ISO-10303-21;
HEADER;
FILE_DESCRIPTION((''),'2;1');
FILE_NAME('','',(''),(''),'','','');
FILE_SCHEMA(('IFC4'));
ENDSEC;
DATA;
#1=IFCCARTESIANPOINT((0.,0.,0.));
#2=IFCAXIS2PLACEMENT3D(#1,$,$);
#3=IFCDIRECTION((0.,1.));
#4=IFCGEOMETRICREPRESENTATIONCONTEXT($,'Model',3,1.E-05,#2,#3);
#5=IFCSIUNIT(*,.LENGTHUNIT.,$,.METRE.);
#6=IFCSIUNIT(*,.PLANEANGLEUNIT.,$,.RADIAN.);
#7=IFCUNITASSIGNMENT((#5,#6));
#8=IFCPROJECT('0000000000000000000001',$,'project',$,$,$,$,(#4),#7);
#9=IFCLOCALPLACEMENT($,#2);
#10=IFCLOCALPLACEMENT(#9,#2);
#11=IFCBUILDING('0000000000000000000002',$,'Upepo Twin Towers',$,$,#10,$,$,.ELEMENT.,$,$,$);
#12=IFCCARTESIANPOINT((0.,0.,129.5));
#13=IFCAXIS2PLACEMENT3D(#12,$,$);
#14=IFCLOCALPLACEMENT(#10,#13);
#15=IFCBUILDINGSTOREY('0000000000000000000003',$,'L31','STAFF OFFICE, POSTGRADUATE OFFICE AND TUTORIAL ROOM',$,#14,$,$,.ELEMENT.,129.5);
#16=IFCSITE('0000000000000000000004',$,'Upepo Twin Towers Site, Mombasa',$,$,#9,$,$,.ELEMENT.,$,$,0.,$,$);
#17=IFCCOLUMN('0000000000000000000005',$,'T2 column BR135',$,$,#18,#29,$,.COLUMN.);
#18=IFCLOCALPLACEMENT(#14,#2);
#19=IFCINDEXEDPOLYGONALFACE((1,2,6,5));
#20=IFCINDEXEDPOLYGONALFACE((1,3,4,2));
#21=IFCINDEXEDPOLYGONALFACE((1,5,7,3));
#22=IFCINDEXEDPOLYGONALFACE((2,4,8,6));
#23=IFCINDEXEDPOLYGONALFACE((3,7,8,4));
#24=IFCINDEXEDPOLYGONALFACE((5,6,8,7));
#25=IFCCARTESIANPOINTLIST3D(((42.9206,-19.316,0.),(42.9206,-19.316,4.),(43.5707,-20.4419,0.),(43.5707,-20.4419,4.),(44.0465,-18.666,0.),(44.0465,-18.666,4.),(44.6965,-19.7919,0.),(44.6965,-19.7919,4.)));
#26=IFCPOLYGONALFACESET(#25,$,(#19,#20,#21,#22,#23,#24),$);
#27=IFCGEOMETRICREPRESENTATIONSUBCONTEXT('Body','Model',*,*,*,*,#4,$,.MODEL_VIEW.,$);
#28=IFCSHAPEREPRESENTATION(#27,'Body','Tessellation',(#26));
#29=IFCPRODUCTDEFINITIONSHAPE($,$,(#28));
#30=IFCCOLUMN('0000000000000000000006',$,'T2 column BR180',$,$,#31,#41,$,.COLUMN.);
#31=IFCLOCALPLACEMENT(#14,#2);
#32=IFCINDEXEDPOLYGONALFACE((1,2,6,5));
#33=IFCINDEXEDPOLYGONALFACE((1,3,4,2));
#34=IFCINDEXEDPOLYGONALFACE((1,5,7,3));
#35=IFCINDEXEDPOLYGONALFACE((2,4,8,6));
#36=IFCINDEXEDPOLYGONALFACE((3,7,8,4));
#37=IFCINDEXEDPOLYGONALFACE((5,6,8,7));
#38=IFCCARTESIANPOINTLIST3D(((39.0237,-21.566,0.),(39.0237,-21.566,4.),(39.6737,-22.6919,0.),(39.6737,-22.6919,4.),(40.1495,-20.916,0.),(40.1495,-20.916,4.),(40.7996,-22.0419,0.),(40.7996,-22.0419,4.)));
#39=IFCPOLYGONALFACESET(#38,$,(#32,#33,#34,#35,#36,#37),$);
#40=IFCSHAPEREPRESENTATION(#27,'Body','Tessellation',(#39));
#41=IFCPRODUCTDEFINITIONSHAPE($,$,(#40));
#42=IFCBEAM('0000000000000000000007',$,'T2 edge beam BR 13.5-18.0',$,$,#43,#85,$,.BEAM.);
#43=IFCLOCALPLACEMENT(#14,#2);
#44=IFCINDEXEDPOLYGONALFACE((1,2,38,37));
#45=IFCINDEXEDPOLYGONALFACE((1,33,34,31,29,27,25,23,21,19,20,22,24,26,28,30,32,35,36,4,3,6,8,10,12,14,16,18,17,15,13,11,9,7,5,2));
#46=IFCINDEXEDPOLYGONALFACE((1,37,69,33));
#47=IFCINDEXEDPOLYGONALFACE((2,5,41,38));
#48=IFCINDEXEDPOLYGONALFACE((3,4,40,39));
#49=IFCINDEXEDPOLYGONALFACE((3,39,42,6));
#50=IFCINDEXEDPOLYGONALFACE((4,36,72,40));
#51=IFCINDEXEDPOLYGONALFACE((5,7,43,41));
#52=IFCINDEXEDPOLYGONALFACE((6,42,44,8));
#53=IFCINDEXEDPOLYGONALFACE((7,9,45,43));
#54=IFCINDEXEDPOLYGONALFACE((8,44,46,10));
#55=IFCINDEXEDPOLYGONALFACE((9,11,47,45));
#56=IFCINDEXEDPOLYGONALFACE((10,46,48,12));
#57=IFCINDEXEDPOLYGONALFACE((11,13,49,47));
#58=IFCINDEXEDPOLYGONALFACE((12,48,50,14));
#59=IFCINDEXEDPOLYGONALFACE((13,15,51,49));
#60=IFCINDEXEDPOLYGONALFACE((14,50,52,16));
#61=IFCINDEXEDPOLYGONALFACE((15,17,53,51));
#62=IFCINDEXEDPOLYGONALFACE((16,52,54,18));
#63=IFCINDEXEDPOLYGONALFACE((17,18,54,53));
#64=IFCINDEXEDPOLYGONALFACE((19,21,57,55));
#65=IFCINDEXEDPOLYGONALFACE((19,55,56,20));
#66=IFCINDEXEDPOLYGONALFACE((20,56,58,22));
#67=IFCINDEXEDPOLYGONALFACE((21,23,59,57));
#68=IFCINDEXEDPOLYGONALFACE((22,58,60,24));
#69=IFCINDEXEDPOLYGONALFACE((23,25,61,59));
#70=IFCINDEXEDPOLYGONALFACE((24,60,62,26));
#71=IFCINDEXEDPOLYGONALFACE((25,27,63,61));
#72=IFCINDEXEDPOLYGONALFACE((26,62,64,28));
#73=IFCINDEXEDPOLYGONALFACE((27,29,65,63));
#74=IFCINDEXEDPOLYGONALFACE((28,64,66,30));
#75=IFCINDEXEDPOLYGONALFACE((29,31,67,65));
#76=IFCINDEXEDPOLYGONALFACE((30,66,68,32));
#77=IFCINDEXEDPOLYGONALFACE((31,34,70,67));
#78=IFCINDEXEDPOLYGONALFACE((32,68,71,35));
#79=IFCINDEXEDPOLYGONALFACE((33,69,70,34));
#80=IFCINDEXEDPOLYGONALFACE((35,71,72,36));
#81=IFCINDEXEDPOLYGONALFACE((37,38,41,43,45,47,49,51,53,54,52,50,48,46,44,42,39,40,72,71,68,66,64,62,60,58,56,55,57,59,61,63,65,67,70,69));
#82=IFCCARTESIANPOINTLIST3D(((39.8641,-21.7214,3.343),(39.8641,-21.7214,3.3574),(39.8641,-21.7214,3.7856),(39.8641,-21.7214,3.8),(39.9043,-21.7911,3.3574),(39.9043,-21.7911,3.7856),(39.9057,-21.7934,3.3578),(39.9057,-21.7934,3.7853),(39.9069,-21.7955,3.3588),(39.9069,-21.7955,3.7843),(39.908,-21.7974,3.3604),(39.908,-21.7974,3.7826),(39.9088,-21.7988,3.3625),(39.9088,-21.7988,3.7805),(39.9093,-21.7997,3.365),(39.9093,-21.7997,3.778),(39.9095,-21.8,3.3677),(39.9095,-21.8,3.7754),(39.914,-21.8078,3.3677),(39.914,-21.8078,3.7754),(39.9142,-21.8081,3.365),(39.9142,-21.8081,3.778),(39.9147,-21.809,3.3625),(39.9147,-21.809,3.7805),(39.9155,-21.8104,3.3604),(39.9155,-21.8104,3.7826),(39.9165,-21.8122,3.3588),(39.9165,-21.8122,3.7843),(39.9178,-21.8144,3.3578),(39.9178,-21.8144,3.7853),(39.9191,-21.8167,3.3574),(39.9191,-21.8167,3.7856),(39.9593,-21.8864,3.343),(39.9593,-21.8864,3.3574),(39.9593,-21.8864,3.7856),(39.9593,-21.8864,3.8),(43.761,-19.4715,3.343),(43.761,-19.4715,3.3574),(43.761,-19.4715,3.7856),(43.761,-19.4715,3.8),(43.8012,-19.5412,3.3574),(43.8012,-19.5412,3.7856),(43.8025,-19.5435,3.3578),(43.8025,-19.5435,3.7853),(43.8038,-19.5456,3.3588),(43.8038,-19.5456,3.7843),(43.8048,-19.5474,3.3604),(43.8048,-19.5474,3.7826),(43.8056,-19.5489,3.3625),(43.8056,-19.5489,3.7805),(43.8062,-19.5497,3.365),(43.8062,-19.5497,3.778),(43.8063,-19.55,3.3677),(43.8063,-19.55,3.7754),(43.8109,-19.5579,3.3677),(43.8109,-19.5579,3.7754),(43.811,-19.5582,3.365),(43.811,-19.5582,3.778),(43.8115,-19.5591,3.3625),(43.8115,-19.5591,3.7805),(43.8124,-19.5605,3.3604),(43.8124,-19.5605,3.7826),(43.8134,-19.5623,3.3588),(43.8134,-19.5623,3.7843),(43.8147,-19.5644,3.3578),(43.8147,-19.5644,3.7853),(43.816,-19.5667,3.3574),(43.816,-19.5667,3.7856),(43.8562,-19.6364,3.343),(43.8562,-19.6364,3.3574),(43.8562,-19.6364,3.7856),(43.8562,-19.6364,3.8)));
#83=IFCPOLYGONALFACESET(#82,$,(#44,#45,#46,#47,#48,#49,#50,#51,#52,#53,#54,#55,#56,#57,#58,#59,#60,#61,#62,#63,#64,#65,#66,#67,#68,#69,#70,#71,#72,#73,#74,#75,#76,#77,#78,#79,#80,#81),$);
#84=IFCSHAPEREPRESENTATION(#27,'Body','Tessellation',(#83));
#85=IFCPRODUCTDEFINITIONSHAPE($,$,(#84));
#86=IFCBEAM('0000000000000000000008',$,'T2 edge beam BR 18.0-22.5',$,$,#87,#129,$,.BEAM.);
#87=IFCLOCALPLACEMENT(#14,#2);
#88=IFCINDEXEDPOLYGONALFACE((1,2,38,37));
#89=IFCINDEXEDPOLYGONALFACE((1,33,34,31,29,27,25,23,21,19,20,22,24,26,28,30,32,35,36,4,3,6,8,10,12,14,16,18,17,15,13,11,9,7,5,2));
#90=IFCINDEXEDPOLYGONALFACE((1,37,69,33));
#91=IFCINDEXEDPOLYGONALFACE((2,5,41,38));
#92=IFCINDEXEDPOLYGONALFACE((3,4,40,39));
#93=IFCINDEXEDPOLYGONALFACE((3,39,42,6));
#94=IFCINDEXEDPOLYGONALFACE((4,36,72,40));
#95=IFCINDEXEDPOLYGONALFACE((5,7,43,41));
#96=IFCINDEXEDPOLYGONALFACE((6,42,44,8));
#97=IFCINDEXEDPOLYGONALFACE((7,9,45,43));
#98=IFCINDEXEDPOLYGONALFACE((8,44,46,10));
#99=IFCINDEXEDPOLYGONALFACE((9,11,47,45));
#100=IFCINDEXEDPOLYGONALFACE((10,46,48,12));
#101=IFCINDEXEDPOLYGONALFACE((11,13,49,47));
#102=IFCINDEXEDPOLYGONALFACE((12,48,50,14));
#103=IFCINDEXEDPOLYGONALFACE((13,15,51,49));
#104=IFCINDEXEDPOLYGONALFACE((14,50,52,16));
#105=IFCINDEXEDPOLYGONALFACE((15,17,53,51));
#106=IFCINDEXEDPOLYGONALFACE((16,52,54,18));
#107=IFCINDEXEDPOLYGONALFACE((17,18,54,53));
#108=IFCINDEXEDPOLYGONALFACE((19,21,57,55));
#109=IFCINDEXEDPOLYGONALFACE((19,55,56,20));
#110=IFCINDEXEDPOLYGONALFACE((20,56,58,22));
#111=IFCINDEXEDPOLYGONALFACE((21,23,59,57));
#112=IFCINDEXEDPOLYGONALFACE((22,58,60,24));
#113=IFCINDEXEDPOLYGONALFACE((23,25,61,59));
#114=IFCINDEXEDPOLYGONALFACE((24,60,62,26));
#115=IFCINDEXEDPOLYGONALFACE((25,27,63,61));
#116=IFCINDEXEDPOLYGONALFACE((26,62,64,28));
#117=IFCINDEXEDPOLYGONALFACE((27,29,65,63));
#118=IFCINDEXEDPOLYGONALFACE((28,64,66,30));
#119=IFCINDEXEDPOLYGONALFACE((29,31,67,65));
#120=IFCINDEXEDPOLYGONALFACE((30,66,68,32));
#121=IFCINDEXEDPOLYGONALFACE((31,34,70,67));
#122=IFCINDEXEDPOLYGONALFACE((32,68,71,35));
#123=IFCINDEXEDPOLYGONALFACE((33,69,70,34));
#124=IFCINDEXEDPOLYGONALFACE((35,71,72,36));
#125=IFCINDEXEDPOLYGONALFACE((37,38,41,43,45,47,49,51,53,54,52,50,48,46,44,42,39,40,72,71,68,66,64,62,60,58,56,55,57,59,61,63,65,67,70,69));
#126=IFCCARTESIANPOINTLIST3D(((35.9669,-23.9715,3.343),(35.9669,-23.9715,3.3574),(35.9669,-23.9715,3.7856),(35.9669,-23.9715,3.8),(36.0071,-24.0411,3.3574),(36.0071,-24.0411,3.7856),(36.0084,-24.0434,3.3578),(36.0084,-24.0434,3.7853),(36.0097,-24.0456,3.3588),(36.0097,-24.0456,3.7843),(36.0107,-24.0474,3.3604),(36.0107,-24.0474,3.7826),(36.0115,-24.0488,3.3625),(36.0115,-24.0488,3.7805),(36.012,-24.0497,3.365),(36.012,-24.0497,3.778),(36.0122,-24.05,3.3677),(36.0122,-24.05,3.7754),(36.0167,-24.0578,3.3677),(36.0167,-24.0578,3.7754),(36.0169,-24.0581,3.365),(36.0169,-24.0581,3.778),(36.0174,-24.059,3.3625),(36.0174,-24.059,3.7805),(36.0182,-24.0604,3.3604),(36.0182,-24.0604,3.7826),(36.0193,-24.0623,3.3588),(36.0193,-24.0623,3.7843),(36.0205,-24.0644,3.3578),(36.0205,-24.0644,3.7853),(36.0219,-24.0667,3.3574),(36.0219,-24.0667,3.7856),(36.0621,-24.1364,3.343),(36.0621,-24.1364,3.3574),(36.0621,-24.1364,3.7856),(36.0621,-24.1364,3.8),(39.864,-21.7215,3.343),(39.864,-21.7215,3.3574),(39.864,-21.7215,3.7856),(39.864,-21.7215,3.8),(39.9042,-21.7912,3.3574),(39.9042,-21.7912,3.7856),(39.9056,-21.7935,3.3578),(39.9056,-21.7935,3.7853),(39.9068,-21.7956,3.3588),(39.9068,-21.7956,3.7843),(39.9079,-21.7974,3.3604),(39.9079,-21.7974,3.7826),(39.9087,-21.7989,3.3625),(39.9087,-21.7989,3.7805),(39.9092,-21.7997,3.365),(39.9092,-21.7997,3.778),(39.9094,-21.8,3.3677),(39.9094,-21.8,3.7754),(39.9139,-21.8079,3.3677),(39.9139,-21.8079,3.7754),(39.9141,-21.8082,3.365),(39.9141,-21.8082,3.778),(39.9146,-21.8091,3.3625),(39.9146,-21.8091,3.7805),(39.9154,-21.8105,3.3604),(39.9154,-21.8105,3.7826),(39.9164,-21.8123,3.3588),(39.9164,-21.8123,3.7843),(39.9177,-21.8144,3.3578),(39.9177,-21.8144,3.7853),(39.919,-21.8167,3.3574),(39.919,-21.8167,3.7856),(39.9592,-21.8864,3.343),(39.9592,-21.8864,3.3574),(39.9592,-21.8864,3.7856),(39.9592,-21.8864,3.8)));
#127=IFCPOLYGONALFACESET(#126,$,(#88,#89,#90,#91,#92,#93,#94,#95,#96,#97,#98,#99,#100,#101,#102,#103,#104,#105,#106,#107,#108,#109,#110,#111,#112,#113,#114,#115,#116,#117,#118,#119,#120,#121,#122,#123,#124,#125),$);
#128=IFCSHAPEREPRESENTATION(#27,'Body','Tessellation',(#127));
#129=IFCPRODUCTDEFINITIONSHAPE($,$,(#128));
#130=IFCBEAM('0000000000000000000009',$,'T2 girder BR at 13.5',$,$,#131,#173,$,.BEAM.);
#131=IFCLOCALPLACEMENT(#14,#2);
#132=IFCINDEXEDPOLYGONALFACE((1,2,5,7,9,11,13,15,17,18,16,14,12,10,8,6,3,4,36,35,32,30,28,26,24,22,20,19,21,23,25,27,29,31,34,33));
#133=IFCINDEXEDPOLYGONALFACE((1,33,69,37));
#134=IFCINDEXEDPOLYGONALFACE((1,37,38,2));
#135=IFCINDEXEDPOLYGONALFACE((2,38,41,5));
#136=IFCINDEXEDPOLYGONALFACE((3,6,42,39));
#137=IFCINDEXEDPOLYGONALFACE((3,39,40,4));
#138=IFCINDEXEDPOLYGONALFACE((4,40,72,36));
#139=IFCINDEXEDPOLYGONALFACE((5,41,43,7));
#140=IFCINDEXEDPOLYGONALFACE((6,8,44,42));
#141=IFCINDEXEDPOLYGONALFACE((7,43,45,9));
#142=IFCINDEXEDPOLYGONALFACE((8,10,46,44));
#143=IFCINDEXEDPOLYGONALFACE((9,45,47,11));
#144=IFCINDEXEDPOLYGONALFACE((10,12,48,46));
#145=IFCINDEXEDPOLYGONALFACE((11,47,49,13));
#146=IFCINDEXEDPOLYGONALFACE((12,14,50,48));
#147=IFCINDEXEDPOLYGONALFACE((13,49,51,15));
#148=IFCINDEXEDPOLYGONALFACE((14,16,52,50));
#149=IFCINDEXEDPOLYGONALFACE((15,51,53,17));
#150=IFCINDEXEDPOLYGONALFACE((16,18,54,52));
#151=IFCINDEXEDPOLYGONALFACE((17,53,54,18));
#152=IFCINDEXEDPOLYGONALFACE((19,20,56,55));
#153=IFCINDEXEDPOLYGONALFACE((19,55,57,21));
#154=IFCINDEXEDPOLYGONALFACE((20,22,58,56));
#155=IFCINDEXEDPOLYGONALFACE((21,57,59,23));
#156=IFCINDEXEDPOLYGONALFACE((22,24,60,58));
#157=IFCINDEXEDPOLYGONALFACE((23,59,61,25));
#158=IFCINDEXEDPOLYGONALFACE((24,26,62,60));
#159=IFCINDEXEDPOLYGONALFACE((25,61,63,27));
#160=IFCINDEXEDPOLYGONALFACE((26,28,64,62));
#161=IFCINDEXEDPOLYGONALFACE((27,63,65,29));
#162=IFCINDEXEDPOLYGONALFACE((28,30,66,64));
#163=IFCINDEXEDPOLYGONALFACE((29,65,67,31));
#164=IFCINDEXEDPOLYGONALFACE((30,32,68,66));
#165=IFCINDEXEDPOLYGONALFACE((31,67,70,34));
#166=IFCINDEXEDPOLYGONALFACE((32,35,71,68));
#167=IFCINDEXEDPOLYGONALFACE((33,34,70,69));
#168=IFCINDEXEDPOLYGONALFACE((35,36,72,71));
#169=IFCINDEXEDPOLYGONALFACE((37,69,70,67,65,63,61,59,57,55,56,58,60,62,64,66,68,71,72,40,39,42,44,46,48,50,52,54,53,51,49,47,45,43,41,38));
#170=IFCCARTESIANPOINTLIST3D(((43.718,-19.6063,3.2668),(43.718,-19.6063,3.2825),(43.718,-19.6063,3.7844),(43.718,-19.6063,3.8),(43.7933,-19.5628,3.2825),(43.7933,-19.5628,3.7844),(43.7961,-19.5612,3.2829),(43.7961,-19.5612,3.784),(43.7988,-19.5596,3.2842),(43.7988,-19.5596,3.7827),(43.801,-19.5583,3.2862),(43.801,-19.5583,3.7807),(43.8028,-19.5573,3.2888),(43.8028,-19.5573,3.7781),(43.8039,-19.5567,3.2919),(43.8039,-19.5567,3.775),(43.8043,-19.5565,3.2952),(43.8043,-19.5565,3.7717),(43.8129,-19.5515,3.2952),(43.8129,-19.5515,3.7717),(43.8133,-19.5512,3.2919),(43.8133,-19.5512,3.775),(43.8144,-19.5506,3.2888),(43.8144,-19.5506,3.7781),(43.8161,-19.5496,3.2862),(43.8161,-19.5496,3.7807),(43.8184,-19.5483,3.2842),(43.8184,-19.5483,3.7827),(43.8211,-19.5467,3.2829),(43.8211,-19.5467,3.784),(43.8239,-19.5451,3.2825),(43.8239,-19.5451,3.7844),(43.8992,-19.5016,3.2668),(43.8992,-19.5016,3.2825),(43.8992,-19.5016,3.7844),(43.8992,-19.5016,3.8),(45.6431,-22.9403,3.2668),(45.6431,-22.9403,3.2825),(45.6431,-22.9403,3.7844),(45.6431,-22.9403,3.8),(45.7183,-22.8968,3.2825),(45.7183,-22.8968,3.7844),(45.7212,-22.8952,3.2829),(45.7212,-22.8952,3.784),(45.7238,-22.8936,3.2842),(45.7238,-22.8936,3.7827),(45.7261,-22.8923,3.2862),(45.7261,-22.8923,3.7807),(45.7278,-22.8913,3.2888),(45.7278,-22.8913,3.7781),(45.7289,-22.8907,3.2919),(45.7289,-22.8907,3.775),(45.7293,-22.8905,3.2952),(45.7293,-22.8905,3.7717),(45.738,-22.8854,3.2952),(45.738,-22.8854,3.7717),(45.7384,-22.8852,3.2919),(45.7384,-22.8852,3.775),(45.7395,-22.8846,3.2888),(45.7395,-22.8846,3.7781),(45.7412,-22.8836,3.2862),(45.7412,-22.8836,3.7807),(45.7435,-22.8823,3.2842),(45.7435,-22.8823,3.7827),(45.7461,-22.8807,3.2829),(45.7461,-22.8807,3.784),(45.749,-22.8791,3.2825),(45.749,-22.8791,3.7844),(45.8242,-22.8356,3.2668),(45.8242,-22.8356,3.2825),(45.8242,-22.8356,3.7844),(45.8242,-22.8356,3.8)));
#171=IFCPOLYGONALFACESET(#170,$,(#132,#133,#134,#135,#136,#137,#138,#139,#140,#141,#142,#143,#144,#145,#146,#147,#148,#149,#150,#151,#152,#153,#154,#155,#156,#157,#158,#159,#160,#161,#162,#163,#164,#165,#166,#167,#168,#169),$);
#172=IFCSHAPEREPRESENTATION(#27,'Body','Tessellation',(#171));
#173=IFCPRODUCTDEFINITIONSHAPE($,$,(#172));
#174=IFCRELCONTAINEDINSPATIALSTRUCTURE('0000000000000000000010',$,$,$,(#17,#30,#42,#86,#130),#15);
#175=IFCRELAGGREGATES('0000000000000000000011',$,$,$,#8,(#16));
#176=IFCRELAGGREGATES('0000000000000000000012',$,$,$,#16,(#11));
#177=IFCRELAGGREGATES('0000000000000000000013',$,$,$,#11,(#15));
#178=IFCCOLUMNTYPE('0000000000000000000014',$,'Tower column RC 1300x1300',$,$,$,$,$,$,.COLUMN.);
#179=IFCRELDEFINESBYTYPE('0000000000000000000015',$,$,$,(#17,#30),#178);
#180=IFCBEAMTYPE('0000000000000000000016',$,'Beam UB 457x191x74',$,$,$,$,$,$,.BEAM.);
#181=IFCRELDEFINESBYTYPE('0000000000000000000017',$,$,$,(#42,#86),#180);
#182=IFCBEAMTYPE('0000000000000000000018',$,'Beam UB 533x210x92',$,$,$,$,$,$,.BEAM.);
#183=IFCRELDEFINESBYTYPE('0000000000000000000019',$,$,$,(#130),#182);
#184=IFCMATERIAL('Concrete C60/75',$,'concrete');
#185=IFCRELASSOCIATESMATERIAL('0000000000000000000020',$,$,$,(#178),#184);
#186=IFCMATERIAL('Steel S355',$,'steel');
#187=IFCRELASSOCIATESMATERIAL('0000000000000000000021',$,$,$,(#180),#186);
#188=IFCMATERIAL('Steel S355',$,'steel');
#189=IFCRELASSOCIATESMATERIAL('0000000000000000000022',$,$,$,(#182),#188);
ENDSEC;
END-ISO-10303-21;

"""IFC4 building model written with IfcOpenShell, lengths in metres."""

from ifc_helpers import new_model, si_unit, direction, frame, origin, origin_2d, place, context, subcontext, project, spatial, rectangle, i_section, extrude, material, material_profile, profile_set, type_object, element, save


model = new_model("IFC4")

# Units and contexts
model_context = context("Model", 3, precision=1e-05, world=origin(), true_north=direction((0.0, 1.0)))
body_context = subcontext(model_context, "Body", "Model", "MODEL_VIEW")
ifc_project = project(units=[si_unit("LENGTHUNIT", "METRE"), si_unit("PLANEANGLEUNIT", "RADIAN")], contexts=[model_context])

# Site, building, storey
site_placement = place(None, origin())
site = spatial("IfcSite", under=ifc_project, at=site_placement, Name="Upepo Twin Towers Site, Mombasa", CompositionType="ELEMENT", RefElevation=0.0)
building_placement = place(site_placement, origin())
building = spatial("IfcBuilding", under=site, at=building_placement, Name="Upepo Twin Towers", CompositionType="ELEMENT")
storey_placement = place(building_placement, frame((0.0, 0.0, 129.5)))
storey = spatial("IfcBuildingStorey", under=building, at=storey_placement, Name="L31", Description="STAFF OFFICE, POSTGRADUATE OFFICE AND TUTORIAL ROOM", CompositionType="ELEMENT", Elevation=129.5)

# Columns
ifc_material_1 = material(Name="Concrete C60/75", Category="concrete")
ifc_material_profile_1 = material_profile(ifc_material_1, rectangle(XDim=1.3, YDim=1.3, at=origin_2d()), Name="RC 1300x1300")
ifc_profile_set_1 = profile_set([ifc_material_profile_1], Name="Concrete C60/75")
column_type = type_object("IfcColumnType", Name="Tower column RC 1300x1300", PredefinedType="COLUMN", material=ifc_profile_set_1)
for number, where, z_axis, x_axis, name in (
    (1, (43.8086, -19.554, 0.0), (0.0, 0.0, 1.0), (0.866025, 0.5, 0.0), "T2 column BR135"),
    (2, (39.9116, -21.804, 0.0), (0.0, 0.0, 1.0), (0.866025, 0.5, 0.0), "T2 column BR180"),
):
    element("IfcColumn", number, at=place(storey_placement, frame(where, z_axis=z_axis, x_axis=x_axis)), inside=storey, type_object=column_type, Name=name, PredefinedType="COLUMN", context=body_context, shape_type="SweptSolid", body=[
        extrude(rectangle(XDim=1.3, YDim=1.3, at=origin_2d()), origin(), (0.0, 0.0, 1.0), 4.0),
    ])

# Beams
ifc_material_2 = material(Name="Steel S355", Category="steel")
ifc_material_profile_2 = material_profile(ifc_material_2, i_section(OverallWidth=0.1904, OverallDepth=0.457, WebThickness=0.009, FlangeThickness=0.0144, FilletRadius=0.0103, at=origin_2d()), Name="UB 457x191x74")
ifc_profile_set_2 = profile_set([ifc_material_profile_2], Name="Steel S355")
beam_type_1 = type_object("IfcBeamType", Name="Beam UB 457x191x74", PredefinedType="BEAM", material=ifc_profile_set_2)
beam_1_placement = place(storey_placement, frame((43.8086, -19.554, 3.5715), z_axis=(-0.866018, -0.500014, 0.0), x_axis=(0.500014, -0.866018, 0.0)))
element("IfcBeam", 3, at=beam_1_placement, inside=storey, type_object=beam_type_1, Name="T2 edge beam BR 13.5-18.0", PredefinedType="BEAM", context=body_context, shape_type="SweptSolid", body=[
    extrude(i_section(OverallWidth=0.1904, OverallDepth=0.457, WebThickness=0.009, FlangeThickness=0.0144, FilletRadius=0.0103, at=origin_2d()), origin(), (0.0, 0.0, 1.0), 4.4998),
])
beam_2_placement = place(storey_placement, frame((39.9116, -21.804, 3.5715), z_axis=(-0.866031, -0.49999, 0.0), x_axis=(0.49999, -0.866031, 0.0)))
element("IfcBeam", 4, at=beam_2_placement, inside=storey, type_object=beam_type_1, Name="T2 edge beam BR 18.0-22.5", PredefinedType="BEAM", context=body_context, shape_type="SweptSolid", body=[
    extrude(i_section(OverallWidth=0.1904, OverallDepth=0.457, WebThickness=0.009, FlangeThickness=0.0144, FilletRadius=0.0103, at=origin_2d()), origin(), (0.0, 0.0, 1.0), 4.5),
])
ifc_material_3 = material(Name="Steel S355", Category="steel")
ifc_material_profile_3 = material_profile(ifc_material_3, i_section(OverallWidth=0.2092, OverallDepth=0.5332, WebThickness=0.01, FlangeThickness=0.0156, FilletRadius=0.0127, at=origin_2d()), Name="UB 533x210x92")
ifc_profile_set_3 = profile_set([ifc_material_profile_3], Name="Steel S355")
beam_type_2 = type_object("IfcBeamType", Name="Beam UB 533x210x92", PredefinedType="BEAM", material=ifc_profile_set_3)
beam_3_placement = place(storey_placement, frame((43.8086, -19.554, 3.5334), z_axis=(0.500034, -0.866006, 0.0), x_axis=(0.866006, 0.500034, 0.0)))
element("IfcBeam", 5, at=beam_3_placement, inside=storey, type_object=beam_type_2, Name="T2 girder BR at 13.5", PredefinedType="BEAM", context=body_context, shape_type="SweptSolid", body=[
    extrude(i_section(OverallWidth=0.2092, OverallDepth=0.5332, WebThickness=0.01, FlangeThickness=0.0156, FilletRadius=0.0127, at=origin_2d()), origin(), (0.0, 0.0, 1.0), 3.8499),
])

save(model, "model.ifc")
